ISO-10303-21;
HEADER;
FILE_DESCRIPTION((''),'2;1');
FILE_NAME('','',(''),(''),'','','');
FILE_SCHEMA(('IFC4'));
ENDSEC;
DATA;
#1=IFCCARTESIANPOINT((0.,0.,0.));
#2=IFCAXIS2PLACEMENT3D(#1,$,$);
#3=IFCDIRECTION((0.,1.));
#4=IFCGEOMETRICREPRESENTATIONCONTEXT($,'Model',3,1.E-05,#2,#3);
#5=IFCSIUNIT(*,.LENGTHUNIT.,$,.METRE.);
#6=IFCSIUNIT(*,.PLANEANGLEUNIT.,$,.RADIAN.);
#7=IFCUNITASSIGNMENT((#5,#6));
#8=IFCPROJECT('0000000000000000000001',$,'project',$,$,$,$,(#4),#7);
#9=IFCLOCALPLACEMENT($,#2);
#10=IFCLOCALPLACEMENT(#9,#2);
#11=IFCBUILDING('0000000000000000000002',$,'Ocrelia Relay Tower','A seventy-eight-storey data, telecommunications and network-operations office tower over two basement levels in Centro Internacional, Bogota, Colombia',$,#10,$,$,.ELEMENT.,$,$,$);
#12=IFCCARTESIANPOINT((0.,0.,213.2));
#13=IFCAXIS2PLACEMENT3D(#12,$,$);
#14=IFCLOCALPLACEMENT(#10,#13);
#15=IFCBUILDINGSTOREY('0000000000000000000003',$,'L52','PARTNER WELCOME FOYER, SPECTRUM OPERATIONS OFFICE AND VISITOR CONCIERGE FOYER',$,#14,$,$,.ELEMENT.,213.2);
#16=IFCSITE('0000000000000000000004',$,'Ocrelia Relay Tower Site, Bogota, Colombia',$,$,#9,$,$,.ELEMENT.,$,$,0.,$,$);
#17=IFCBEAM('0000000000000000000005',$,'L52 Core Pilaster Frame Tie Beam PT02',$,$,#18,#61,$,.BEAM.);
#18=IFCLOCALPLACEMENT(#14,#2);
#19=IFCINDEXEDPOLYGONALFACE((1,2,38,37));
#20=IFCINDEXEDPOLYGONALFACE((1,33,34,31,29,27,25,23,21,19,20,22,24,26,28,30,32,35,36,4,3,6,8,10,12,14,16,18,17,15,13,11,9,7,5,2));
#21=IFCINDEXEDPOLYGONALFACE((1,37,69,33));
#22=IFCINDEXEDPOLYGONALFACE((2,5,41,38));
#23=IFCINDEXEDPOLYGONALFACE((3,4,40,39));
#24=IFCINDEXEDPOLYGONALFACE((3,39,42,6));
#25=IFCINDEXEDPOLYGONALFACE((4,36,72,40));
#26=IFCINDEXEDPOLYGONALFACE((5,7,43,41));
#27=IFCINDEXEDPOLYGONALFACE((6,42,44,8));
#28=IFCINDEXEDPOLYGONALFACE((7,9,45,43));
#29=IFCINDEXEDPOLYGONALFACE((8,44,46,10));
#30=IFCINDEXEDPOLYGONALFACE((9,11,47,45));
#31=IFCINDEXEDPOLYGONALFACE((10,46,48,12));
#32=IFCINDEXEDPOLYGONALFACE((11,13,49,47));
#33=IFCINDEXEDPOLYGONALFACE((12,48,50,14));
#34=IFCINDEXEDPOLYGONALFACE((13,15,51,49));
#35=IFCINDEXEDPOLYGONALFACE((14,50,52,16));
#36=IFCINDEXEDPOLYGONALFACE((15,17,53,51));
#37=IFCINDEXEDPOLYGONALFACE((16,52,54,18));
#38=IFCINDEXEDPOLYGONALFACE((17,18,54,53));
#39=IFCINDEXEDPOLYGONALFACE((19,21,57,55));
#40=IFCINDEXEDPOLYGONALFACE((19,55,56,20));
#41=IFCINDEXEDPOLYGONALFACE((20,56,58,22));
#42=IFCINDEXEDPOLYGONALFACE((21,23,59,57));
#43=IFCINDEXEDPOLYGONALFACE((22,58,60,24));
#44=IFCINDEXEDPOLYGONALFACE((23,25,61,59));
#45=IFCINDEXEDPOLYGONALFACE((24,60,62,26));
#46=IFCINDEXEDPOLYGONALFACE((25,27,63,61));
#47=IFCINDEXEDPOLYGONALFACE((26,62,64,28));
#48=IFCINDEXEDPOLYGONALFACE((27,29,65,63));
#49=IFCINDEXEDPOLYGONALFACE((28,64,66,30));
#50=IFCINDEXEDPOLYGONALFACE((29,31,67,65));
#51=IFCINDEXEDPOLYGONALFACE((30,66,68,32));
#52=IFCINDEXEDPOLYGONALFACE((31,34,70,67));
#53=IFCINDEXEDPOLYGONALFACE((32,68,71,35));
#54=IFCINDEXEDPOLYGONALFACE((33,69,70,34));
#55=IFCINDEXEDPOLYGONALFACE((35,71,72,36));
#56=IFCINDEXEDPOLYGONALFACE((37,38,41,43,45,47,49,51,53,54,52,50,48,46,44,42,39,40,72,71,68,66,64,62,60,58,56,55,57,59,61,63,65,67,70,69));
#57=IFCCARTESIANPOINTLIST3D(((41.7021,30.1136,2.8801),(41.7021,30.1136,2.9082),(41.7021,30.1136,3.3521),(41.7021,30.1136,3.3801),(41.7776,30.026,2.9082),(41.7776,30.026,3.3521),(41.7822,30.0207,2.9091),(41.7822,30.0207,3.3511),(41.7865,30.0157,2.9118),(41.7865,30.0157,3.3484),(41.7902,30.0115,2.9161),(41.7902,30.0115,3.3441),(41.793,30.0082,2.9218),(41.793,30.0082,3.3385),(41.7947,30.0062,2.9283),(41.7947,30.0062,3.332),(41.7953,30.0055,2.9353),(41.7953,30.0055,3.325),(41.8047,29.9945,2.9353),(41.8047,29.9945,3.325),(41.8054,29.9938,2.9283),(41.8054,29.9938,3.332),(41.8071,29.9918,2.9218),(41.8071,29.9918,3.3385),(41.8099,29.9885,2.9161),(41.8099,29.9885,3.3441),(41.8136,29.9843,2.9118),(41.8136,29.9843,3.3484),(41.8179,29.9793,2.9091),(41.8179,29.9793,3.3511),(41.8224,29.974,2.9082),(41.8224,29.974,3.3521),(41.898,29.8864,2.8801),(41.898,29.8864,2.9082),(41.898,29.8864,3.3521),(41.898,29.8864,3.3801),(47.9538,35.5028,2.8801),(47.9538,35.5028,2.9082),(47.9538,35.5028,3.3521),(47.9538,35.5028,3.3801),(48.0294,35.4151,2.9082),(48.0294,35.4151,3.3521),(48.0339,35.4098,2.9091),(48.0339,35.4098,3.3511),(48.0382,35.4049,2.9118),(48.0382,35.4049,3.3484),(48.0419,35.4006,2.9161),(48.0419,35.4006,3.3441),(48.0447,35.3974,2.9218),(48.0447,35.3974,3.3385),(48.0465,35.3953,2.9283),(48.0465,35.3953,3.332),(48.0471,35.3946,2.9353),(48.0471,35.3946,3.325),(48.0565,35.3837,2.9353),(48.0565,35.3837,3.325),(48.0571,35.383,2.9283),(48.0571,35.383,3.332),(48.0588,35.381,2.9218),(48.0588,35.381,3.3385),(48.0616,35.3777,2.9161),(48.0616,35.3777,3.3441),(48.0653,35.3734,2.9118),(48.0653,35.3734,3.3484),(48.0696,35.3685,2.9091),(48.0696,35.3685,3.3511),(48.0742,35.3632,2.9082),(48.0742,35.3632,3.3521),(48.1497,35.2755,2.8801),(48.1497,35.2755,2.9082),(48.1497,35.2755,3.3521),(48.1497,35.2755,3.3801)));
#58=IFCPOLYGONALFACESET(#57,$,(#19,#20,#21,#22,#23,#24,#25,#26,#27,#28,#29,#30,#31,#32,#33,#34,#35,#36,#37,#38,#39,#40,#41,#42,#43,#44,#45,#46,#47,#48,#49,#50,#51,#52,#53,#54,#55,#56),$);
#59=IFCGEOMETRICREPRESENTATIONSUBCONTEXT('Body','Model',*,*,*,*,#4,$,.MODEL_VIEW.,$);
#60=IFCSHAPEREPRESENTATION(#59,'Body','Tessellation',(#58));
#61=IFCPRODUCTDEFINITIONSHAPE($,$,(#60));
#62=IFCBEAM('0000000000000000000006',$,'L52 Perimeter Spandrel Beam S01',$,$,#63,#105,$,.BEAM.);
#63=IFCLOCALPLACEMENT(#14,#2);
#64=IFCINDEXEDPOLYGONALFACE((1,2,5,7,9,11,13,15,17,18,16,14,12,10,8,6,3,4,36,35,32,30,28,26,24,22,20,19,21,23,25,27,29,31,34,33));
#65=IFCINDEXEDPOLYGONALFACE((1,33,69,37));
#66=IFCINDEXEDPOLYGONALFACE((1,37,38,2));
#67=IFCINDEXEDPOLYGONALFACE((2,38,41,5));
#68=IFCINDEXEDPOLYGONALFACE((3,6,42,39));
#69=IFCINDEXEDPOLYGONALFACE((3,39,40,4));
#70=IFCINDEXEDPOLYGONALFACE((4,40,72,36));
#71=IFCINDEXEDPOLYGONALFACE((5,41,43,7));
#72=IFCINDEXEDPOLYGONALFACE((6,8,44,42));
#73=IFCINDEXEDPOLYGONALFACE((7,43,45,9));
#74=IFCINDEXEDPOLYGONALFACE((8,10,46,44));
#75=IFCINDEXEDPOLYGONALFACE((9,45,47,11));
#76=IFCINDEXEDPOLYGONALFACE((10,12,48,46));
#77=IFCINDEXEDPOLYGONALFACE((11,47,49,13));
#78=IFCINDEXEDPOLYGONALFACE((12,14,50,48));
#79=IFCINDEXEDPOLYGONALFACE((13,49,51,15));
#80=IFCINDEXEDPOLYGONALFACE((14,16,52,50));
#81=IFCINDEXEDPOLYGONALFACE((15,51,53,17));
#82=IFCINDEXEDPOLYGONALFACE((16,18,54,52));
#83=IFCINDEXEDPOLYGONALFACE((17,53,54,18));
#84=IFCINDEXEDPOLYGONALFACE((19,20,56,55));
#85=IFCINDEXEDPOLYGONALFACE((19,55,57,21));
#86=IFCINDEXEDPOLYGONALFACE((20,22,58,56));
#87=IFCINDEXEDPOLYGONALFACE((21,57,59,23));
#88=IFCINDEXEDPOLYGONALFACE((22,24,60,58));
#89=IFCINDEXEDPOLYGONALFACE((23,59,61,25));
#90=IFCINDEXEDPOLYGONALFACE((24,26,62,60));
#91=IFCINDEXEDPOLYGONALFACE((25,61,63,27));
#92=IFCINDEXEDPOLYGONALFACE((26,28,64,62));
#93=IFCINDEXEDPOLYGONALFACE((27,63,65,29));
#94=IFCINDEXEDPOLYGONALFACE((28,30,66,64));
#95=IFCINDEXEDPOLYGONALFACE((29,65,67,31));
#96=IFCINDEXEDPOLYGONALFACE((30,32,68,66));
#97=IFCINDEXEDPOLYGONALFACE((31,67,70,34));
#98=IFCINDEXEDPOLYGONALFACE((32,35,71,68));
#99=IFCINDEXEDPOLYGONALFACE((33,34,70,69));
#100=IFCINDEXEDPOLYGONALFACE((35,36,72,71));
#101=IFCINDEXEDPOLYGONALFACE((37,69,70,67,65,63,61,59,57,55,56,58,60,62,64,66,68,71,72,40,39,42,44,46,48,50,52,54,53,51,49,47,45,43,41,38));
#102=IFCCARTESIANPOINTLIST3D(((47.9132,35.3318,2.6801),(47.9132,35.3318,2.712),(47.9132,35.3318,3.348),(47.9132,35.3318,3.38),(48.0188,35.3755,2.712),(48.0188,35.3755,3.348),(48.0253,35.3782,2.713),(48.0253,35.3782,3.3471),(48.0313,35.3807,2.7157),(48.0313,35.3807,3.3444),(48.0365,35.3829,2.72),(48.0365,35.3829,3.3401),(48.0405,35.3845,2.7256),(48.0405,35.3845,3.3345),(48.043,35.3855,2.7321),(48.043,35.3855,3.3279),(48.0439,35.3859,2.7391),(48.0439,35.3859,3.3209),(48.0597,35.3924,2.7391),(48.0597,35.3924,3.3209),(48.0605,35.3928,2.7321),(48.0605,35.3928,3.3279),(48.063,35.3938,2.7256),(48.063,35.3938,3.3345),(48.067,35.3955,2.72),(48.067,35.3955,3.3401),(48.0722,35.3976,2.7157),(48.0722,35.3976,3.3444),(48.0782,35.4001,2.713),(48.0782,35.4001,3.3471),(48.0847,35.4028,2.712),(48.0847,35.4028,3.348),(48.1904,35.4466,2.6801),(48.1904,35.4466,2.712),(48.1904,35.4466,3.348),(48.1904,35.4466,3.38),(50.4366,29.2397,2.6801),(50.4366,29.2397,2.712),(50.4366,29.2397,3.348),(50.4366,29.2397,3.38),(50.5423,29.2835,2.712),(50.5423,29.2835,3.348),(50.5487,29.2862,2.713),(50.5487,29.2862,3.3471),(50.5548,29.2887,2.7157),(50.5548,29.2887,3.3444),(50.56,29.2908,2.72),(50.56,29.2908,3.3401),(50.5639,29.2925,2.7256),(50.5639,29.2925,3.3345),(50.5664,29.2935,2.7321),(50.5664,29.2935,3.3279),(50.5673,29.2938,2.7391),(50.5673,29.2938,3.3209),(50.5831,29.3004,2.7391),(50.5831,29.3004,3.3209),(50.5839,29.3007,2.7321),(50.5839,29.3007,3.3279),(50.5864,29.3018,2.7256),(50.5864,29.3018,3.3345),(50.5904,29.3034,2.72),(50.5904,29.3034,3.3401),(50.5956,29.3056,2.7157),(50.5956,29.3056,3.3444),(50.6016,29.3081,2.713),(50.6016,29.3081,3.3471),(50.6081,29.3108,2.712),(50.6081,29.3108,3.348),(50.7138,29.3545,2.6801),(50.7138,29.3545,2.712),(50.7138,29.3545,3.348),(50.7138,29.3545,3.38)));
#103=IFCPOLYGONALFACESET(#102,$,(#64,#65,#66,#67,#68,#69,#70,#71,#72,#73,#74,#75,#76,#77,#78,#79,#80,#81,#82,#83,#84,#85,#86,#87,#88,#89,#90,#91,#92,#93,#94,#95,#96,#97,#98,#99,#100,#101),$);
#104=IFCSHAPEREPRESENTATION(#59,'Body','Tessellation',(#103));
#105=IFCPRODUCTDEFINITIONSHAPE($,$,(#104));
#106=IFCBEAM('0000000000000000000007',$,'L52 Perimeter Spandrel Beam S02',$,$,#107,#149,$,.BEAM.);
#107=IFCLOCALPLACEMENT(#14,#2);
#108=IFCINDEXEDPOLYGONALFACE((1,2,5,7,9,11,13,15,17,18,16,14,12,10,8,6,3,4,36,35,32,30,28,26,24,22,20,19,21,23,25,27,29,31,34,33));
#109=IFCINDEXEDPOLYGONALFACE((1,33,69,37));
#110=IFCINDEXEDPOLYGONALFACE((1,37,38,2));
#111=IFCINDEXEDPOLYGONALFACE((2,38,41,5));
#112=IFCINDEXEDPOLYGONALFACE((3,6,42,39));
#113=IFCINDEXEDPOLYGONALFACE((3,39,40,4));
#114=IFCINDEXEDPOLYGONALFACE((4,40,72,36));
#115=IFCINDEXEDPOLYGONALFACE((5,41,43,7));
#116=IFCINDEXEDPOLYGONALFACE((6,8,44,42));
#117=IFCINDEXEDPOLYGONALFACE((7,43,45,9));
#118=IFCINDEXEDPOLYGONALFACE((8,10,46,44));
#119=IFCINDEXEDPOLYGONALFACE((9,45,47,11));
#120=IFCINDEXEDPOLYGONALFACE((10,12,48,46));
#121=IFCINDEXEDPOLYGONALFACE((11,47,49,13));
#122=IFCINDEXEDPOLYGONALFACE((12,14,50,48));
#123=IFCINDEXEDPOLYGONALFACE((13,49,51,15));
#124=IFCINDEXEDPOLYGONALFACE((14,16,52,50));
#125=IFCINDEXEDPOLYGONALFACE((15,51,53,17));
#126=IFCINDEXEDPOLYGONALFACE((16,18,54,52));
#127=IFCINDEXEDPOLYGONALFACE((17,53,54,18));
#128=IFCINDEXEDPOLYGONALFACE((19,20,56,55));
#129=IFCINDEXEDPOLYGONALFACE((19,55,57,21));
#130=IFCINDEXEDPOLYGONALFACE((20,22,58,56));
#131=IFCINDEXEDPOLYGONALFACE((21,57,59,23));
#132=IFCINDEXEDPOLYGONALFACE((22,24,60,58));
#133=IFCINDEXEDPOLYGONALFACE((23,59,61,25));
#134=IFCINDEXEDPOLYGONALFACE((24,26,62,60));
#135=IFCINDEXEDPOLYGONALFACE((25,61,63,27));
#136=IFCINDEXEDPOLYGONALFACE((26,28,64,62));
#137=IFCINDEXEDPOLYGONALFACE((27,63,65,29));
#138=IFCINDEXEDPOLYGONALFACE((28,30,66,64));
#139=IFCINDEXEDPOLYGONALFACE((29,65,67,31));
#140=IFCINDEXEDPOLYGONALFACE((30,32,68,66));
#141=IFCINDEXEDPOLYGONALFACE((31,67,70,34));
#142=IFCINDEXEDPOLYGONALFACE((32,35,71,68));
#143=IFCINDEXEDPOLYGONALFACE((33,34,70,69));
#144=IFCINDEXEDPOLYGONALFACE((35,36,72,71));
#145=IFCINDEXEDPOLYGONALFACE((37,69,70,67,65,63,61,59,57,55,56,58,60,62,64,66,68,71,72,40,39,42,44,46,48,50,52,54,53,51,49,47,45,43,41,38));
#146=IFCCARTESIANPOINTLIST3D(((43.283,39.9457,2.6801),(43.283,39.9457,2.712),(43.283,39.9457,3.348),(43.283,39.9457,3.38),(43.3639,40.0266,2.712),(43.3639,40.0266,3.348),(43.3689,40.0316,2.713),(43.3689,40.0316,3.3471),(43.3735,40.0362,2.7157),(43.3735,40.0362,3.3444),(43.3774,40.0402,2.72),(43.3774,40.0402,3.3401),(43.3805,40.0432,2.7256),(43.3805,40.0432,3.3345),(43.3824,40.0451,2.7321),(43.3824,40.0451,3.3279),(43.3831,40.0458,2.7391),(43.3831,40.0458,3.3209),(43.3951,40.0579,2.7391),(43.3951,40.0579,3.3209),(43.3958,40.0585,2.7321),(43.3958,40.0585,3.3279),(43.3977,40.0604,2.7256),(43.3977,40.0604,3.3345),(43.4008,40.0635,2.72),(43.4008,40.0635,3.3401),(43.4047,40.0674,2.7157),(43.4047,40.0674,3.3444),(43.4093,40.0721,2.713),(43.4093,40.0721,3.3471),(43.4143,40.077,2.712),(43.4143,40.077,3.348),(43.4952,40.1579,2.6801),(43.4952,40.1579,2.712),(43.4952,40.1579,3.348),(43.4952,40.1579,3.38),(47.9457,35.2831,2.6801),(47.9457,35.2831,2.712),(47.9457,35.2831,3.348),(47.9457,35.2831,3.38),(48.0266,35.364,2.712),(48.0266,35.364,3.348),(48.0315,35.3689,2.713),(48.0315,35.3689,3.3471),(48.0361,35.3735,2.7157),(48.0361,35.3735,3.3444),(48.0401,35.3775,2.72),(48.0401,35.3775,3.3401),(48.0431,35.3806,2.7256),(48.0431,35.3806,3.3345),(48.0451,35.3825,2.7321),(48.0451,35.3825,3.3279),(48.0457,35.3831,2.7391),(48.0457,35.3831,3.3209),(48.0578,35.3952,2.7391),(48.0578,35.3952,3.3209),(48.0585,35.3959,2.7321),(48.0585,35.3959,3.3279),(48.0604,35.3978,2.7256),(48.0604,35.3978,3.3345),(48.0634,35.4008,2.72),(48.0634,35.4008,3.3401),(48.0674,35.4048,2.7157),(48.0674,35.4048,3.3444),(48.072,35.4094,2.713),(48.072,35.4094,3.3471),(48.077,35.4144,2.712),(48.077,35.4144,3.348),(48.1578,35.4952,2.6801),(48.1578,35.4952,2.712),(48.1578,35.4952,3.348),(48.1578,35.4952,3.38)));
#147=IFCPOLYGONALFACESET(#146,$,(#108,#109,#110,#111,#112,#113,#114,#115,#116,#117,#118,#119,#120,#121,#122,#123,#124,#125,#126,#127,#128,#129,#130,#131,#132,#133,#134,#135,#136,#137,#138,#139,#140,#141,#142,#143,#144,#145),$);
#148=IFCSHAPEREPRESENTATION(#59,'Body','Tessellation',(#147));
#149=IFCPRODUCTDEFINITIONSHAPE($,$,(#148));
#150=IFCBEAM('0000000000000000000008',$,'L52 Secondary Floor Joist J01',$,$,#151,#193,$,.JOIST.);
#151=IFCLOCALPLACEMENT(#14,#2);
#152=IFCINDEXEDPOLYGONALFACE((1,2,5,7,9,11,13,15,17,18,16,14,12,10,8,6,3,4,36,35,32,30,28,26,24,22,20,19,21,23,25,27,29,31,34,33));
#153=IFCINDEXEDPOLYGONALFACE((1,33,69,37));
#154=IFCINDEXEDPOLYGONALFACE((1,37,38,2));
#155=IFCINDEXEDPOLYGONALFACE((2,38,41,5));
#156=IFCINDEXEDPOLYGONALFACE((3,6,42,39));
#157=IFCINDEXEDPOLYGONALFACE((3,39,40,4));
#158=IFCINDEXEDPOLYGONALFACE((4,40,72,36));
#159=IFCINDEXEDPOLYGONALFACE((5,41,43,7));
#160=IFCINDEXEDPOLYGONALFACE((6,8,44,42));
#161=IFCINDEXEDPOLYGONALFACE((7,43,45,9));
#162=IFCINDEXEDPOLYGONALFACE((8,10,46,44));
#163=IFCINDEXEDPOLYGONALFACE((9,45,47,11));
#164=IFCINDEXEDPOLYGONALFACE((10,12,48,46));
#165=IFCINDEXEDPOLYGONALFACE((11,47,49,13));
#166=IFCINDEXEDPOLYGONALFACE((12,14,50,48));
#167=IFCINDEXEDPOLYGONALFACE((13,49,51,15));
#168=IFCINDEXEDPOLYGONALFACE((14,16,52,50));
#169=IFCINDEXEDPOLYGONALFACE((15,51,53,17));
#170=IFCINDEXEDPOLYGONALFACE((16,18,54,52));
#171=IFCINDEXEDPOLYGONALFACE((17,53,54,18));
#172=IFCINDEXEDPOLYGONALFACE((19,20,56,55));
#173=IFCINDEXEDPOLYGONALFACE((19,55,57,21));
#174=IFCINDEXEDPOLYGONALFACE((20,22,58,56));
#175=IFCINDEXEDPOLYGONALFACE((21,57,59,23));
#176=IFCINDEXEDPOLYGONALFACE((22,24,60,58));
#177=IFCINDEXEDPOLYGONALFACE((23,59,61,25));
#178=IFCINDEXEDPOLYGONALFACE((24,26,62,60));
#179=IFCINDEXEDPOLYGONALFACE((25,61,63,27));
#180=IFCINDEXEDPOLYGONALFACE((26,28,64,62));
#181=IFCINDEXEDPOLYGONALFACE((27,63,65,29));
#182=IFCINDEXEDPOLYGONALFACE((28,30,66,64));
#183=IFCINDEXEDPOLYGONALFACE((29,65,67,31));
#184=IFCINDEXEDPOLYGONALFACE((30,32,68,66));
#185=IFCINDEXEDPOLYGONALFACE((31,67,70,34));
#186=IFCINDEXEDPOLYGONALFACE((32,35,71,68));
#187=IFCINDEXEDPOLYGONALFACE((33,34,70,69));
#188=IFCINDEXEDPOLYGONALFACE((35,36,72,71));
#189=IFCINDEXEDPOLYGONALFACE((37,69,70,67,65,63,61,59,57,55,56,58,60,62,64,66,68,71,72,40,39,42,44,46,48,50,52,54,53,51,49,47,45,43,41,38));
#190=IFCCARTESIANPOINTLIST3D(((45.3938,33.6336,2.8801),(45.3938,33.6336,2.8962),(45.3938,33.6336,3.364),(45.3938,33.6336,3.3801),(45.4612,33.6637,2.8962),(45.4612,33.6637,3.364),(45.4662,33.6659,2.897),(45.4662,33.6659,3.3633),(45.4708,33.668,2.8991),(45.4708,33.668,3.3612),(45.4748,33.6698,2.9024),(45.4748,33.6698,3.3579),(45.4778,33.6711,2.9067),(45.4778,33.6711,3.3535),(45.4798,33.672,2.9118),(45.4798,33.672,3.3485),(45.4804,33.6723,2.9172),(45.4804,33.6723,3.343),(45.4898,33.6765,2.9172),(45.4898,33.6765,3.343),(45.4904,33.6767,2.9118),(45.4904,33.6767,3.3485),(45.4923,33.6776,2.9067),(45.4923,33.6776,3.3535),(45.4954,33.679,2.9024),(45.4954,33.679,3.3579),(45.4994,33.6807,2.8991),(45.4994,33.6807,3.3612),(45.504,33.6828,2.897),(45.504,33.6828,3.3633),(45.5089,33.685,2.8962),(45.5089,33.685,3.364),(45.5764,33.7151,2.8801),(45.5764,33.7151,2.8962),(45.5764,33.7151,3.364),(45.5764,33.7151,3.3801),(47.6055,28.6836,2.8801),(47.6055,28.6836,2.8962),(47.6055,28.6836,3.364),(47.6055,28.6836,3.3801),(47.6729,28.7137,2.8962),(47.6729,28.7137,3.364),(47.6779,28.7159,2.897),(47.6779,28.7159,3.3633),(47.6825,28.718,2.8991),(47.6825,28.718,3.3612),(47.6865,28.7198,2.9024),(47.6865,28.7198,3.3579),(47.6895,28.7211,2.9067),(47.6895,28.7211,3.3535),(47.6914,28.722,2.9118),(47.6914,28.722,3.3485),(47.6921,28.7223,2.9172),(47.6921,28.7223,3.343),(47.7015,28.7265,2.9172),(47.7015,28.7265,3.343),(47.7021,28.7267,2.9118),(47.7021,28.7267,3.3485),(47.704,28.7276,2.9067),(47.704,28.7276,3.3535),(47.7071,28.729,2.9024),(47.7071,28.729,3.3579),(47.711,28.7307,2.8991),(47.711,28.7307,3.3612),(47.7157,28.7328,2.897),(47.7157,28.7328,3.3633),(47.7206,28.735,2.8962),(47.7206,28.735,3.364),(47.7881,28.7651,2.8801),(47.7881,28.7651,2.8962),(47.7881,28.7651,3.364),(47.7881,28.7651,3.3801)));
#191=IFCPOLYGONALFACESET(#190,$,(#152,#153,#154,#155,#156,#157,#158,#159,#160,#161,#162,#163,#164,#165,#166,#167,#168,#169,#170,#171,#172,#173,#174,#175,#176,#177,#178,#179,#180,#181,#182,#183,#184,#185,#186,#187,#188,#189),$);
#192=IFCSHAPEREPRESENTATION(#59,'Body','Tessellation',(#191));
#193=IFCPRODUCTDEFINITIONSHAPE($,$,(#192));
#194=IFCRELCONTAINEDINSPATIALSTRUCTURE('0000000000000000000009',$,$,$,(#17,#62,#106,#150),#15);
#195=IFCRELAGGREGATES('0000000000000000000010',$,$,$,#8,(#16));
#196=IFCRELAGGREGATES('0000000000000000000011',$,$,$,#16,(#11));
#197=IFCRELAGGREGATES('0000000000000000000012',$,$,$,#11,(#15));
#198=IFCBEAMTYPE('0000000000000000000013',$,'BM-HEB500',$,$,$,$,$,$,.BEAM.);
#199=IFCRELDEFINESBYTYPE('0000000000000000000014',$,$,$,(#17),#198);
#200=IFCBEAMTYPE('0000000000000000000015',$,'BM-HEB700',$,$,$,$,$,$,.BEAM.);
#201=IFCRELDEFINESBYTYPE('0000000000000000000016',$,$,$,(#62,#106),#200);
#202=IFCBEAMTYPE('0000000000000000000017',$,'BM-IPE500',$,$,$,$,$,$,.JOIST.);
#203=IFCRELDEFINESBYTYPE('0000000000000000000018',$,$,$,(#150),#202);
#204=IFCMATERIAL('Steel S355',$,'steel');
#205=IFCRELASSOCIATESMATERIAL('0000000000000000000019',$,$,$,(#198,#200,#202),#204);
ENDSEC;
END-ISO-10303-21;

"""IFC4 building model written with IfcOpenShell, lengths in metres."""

from ifc_helpers import new_model, si_unit, direction, frame, origin, origin_2d, place, context, subcontext, project, spatial, i_section, extrude, material, material_profile, profile_set, type_object, element, save


model = new_model("IFC4")

# Units and contexts
model_context = context("Model", 3, precision=1e-05, world=origin(), true_north=direction((0.0, 1.0)))
body_context = subcontext(model_context, "Body", "Model", "MODEL_VIEW")
ifc_project = project(units=[si_unit("LENGTHUNIT", "METRE"), si_unit("PLANEANGLEUNIT", "RADIAN")], contexts=[model_context])

# Site, building, storey
site_placement = place(None, origin())
site = spatial("IfcSite", under=ifc_project, at=site_placement, Name="Ocrelia Relay Tower Site, Bogota, Colombia", CompositionType="ELEMENT", RefElevation=0.0)
building_placement = place(site_placement, origin())
building = spatial("IfcBuilding", under=site, at=building_placement, Name="Ocrelia Relay Tower", Description="A seventy-eight-storey data, telecommunications and network-operations office tower over two basement levels in Centro Internacional, Bogota, Colombia", CompositionType="ELEMENT")
storey_placement = place(building_placement, frame((0.0, 0.0, 213.2)))
storey = spatial("IfcBuildingStorey", under=building, at=storey_placement, Name="L52", Description="PARTNER WELCOME FOYER, SPECTRUM OPERATIONS OFFICE AND VISITOR CONCIERGE FOYER", CompositionType="ELEMENT", Elevation=213.2)

# Beams
ifc_material_1 = material(Name="Steel S355", Category="steel")
ifc_material_profile_1 = material_profile(ifc_material_1, i_section(OverallWidth=0.3, OverallDepth=0.5, WebThickness=0.0144, FlangeThickness=0.0281, FilletRadius=0.0271, at=origin_2d()), Name="HEB 500")
ifc_profile_set_1 = profile_set([ifc_material_profile_1], Name="Steel S355")
beam_type_1 = type_object("IfcBeamType", Name="BM-HEB500", PredefinedType="BEAM", material=ifc_profile_set_1)
beam_1_placement = place(storey_placement, frame((48.0518, 35.3892, 3.1301), z_axis=(-0.757425, -0.652923, 0.0), x_axis=(0.652923, -0.757425, 0.0)))
element("IfcBeam", 1, at=beam_1_placement, inside=storey, type_object=beam_type_1, Name="L52 Core Pilaster Frame Tie Beam PT02", PredefinedType="BEAM", context=body_context, shape_type="SweptSolid", body=[
    extrude(i_section(OverallWidth=0.3, OverallDepth=0.5, WebThickness=0.0144, FlangeThickness=0.0281, FilletRadius=0.0271, at=origin_2d()), origin(), (0.0, 0.0, 1.0), 8.2539),
])
ifc_material_profile_2 = material_profile(ifc_material_1, i_section(OverallWidth=0.3, OverallDepth=0.7, WebThickness=0.0171, FlangeThickness=0.032, FilletRadius=0.0271, at=origin_2d()), Name="HEB 700")
ifc_profile_set_2 = profile_set([ifc_material_profile_2], Name="Steel S355")
beam_type_2 = type_object("IfcBeamType", Name="BM-HEB700", PredefinedType="BEAM", material=ifc_profile_set_2)
for number, where, z_axis, x_axis, name in (
    (2, (50.5752, 29.2971, 3.03), (-0.382688, 0.923878, 0.0), (-0.923878, -0.382688, 0.0), "L52 Perimeter Spandrel Beam S01"),
    (3, (48.0518, 35.3892, 3.03), (-0.707107, 0.707107, 0.0), (-0.707107, -0.707107, 0.0), "L52 Perimeter Spandrel Beam S02"),
):
    element("IfcBeam", number, at=place(storey_placement, frame(where, z_axis=z_axis, x_axis=x_axis)), inside=storey, type_object=beam_type_2, Name=name, PredefinedType="BEAM", context=body_context, shape_type="SweptSolid", body=[
        extrude(i_section(OverallWidth=0.3, OverallDepth=0.7, WebThickness=0.0171, FlangeThickness=0.032, FilletRadius=0.0271, at=origin_2d()), origin(), (0.0, 0.0, 1.0), 6.594),
    ])
ifc_material_profile_3 = material_profile(ifc_material_1, i_section(OverallWidth=0.2, OverallDepth=0.5, WebThickness=0.0103, FlangeThickness=0.0161, FilletRadius=0.021, at=origin_2d()), Name="IPE 500")
ifc_profile_set_3 = profile_set([ifc_material_profile_3], Name="Steel S355")
beam_type_3 = type_object("IfcBeamType", Name="BM-IPE500", PredefinedType="JOIST", material=ifc_profile_set_3)
beam_2_placement = place(storey_placement, frame((47.6968, 28.7244, 3.1301), z_axis=(-0.407938, 0.913009, 0.0), x_axis=(-0.913009, -0.407938, 0.0)))
element("IfcBeam", 4, at=beam_2_placement, inside=storey, type_object=beam_type_3, Name="L52 Secondary Floor Joist J01", PredefinedType="JOIST", context=body_context, shape_type="SweptSolid", body=[
    extrude(i_section(OverallWidth=0.2, OverallDepth=0.5, WebThickness=0.0103, FlangeThickness=0.0161, FilletRadius=0.021, at=origin_2d()), origin(), (0.0, 0.0, 1.0), 5.4216),
])

save(model, "model.ifc")
